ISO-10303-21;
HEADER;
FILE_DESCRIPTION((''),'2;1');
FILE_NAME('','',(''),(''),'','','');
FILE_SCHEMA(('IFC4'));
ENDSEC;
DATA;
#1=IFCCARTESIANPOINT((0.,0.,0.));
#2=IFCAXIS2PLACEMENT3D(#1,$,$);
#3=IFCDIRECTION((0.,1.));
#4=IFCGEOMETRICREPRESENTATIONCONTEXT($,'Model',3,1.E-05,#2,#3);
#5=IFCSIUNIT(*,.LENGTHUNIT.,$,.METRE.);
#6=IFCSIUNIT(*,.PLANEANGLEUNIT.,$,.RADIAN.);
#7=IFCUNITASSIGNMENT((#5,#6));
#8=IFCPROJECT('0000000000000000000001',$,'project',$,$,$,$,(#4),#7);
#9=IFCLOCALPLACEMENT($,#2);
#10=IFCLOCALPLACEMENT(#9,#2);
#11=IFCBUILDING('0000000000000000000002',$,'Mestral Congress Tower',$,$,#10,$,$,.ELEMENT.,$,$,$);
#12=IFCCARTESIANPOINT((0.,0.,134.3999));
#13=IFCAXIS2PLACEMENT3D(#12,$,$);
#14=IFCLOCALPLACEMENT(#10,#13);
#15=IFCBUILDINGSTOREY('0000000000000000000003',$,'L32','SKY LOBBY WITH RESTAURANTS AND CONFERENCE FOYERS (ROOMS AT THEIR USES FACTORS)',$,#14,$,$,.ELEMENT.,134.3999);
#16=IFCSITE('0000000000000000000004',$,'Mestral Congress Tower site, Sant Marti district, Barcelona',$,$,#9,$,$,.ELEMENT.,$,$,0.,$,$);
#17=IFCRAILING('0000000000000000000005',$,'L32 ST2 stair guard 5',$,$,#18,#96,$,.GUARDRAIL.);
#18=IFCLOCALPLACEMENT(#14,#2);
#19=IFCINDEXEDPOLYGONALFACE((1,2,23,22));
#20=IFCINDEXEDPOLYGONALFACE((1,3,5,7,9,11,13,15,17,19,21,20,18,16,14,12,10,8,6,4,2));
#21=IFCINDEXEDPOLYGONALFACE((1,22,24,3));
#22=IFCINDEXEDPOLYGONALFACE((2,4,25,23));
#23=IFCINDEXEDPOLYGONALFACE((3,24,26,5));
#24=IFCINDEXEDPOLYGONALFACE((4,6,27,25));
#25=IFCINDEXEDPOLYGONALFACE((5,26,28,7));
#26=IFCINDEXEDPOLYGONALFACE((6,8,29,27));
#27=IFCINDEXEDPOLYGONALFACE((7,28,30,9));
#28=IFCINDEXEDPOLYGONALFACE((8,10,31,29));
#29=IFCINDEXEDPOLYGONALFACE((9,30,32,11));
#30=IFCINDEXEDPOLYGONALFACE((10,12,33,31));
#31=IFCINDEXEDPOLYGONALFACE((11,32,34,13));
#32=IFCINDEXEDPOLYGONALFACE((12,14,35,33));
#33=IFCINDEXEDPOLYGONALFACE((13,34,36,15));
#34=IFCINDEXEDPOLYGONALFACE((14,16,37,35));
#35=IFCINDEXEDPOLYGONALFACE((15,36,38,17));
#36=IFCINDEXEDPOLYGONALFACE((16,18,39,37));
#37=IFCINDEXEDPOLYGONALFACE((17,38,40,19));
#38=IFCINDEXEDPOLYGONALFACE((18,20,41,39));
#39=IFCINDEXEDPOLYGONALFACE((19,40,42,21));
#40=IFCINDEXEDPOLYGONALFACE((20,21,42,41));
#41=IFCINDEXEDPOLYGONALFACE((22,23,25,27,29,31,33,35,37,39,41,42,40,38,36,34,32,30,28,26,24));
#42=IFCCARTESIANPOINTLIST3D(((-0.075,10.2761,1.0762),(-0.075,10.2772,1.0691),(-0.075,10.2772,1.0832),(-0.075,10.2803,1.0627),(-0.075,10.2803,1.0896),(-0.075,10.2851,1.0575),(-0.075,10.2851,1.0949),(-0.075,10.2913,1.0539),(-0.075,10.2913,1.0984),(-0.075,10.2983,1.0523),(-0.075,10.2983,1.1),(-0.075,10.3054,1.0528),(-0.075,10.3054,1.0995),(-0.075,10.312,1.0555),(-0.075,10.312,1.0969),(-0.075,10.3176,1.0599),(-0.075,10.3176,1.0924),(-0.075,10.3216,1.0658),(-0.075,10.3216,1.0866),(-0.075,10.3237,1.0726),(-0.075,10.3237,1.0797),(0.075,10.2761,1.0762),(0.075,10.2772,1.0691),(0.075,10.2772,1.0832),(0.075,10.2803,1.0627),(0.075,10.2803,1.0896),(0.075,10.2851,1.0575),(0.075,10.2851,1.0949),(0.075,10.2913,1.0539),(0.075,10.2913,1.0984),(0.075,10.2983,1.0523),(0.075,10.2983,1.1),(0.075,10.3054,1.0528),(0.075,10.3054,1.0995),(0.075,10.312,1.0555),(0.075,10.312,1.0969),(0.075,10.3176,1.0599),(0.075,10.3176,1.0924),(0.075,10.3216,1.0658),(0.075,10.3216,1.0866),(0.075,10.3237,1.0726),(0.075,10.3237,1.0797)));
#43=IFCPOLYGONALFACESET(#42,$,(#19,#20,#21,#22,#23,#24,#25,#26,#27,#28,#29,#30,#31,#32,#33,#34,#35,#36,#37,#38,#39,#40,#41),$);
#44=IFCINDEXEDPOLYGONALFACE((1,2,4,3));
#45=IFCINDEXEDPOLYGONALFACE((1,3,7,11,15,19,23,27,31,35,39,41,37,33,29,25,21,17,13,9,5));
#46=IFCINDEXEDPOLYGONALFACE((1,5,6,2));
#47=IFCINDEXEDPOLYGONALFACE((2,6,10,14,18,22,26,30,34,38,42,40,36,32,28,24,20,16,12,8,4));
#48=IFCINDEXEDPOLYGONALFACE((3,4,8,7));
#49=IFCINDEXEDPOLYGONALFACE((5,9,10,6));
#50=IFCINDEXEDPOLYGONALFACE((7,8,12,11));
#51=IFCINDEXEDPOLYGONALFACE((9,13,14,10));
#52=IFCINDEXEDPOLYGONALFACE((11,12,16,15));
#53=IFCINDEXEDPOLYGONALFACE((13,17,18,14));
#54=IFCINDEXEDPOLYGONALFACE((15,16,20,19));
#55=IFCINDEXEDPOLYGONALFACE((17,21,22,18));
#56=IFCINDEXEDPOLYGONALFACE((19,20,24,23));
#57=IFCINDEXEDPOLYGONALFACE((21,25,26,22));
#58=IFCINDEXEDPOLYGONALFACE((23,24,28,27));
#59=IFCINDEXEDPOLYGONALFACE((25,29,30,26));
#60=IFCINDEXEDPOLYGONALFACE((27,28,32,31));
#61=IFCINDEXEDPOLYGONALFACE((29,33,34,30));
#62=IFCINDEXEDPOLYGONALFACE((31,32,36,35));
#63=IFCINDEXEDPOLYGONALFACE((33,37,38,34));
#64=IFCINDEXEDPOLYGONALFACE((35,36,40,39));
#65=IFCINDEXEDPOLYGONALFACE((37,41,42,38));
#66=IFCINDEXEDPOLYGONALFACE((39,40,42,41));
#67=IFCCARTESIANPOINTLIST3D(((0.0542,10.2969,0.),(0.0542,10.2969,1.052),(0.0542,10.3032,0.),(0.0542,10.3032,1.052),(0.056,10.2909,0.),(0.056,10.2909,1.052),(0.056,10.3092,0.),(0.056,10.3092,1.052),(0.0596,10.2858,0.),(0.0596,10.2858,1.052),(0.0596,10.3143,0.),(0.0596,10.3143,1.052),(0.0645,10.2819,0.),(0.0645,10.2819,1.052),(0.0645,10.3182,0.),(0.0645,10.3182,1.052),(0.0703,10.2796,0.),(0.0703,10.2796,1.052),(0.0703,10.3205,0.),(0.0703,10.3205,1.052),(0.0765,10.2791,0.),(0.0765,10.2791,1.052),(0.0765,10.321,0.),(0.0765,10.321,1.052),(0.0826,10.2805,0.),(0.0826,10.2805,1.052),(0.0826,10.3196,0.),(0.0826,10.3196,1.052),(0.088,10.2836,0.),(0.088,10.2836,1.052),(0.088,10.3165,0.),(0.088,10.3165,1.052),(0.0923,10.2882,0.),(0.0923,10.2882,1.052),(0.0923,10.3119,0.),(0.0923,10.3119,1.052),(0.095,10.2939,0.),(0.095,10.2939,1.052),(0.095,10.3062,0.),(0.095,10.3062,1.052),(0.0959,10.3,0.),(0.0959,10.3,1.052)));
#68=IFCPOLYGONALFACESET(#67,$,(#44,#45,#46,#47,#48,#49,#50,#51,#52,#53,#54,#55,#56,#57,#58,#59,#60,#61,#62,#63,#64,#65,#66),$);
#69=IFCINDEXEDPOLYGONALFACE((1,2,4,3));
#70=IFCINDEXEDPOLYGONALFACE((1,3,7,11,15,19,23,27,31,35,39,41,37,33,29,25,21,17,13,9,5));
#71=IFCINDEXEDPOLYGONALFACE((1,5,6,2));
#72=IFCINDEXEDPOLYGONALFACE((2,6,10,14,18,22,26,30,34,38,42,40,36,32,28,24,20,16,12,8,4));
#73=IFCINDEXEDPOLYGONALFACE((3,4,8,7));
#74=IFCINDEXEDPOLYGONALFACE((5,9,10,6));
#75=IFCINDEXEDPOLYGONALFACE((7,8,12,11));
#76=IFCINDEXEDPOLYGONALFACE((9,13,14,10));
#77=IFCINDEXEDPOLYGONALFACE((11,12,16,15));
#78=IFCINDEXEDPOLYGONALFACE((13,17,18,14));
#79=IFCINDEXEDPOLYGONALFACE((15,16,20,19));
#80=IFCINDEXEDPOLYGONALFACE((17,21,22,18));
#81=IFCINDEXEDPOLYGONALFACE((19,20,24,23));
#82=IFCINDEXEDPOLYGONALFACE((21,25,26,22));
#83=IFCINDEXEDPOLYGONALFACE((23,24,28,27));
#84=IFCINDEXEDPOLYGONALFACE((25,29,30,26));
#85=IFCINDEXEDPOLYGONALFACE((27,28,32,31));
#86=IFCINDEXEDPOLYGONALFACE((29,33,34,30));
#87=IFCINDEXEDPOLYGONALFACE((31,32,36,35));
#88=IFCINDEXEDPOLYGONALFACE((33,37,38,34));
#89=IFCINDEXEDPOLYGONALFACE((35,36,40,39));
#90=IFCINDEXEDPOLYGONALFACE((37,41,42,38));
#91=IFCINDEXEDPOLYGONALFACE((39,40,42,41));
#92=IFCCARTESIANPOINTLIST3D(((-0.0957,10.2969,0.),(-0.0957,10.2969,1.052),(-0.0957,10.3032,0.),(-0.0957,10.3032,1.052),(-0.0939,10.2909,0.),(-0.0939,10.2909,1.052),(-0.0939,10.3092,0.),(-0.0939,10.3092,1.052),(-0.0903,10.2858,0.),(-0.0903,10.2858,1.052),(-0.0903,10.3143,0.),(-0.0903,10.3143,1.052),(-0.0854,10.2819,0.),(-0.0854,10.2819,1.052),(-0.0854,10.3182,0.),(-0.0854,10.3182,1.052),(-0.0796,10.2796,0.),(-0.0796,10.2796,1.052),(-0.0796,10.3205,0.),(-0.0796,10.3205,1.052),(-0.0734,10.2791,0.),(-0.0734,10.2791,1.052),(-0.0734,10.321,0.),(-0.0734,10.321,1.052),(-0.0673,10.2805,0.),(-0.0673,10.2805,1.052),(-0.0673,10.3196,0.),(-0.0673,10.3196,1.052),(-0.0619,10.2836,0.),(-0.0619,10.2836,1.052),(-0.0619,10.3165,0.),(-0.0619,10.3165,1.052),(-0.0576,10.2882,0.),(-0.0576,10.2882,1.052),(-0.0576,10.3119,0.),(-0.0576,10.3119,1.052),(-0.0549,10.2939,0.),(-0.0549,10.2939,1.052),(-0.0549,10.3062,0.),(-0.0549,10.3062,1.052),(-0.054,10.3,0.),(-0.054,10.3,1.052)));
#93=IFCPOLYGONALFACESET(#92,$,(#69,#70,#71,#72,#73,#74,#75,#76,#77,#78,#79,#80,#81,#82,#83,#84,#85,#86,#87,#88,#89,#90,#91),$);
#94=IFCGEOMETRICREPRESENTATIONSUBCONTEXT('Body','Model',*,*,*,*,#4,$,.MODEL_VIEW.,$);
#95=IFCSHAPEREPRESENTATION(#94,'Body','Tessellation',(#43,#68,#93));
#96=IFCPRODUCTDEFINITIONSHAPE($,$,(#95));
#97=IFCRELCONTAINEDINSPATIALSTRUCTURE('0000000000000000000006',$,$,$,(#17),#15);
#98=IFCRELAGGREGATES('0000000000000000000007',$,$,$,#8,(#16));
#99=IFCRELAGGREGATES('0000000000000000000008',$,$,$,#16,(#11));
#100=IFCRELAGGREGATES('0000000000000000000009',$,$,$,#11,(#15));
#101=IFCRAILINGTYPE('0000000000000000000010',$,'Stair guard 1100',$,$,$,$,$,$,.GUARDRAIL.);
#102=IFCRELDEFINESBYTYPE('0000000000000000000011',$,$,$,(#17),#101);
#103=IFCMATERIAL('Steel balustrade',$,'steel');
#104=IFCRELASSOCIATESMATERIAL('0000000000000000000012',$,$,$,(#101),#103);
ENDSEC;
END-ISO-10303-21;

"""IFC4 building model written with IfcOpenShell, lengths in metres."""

from ifc_helpers import new_model, si_unit, direction, frame, origin, origin_2d, place, context, subcontext, project, spatial, circle, extrude, material, type_object, element, save


model = new_model("IFC4")

# Units and contexts
model_context = context("Model", 3, precision=1e-05, world=origin(), true_north=direction((0.0, 1.0)))
body_context = subcontext(model_context, "Body", "Model", "MODEL_VIEW")
ifc_project = project(units=[si_unit("LENGTHUNIT", "METRE"), si_unit("PLANEANGLEUNIT", "RADIAN")], contexts=[model_context])

# Site, building, storey
site_placement = place(None, origin())
site = spatial("IfcSite", under=ifc_project, at=site_placement, Name="Mestral Congress Tower site, Sant Marti district, Barcelona", CompositionType="ELEMENT", RefElevation=0.0)
building_placement = place(site_placement, origin())
building = spatial("IfcBuilding", under=site, at=building_placement, Name="Mestral Congress Tower", CompositionType="ELEMENT")
storey_placement = place(building_placement, frame((0.0, 0.0, 134.3999)))
storey = spatial("IfcBuildingStorey", under=building, at=storey_placement, Name="L32", Description="SKY LOBBY WITH RESTAURANTS AND CONFERENCE FOYERS (ROOMS AT THEIR USES FACTORS)", CompositionType="ELEMENT", Elevation=134.3999)

# Railing
ifc_material_1 = material(Name="Steel balustrade", Category="steel")
railing_type = type_object("IfcRailingType", Name="Stair guard 1100", PredefinedType="GUARDRAIL", material=ifc_material_1)
railing_1_placement = place(storey_placement, frame((0.075, 10.3, 0.0)))
element("IfcRailing", 1, at=railing_1_placement, inside=storey, type_object=railing_type, Name="L32 ST2 stair guard 5", PredefinedType="GUARDRAIL", context=body_context, shape_type="SweptSolid", body=[
    extrude(circle(Radius=0.0239, at=origin_2d()), frame((0.0, 0.0, 1.0762), z_axis=(-1.0, 0.0, 0.0), x_axis=(0.0, -1.0, 0.0)), (0.0, 0.0, 1.0), 0.1499),
    extrude(circle(Radius=0.021, at=origin_2d()), origin(), (0.0, 0.0, 1.0), 1.052),
    extrude(circle(Radius=0.021, at=origin_2d()), frame((-0.1499, 0.0, 0.0)), (0.0, 0.0, 1.0), 1.052),
])

save(model, "model.ifc")
